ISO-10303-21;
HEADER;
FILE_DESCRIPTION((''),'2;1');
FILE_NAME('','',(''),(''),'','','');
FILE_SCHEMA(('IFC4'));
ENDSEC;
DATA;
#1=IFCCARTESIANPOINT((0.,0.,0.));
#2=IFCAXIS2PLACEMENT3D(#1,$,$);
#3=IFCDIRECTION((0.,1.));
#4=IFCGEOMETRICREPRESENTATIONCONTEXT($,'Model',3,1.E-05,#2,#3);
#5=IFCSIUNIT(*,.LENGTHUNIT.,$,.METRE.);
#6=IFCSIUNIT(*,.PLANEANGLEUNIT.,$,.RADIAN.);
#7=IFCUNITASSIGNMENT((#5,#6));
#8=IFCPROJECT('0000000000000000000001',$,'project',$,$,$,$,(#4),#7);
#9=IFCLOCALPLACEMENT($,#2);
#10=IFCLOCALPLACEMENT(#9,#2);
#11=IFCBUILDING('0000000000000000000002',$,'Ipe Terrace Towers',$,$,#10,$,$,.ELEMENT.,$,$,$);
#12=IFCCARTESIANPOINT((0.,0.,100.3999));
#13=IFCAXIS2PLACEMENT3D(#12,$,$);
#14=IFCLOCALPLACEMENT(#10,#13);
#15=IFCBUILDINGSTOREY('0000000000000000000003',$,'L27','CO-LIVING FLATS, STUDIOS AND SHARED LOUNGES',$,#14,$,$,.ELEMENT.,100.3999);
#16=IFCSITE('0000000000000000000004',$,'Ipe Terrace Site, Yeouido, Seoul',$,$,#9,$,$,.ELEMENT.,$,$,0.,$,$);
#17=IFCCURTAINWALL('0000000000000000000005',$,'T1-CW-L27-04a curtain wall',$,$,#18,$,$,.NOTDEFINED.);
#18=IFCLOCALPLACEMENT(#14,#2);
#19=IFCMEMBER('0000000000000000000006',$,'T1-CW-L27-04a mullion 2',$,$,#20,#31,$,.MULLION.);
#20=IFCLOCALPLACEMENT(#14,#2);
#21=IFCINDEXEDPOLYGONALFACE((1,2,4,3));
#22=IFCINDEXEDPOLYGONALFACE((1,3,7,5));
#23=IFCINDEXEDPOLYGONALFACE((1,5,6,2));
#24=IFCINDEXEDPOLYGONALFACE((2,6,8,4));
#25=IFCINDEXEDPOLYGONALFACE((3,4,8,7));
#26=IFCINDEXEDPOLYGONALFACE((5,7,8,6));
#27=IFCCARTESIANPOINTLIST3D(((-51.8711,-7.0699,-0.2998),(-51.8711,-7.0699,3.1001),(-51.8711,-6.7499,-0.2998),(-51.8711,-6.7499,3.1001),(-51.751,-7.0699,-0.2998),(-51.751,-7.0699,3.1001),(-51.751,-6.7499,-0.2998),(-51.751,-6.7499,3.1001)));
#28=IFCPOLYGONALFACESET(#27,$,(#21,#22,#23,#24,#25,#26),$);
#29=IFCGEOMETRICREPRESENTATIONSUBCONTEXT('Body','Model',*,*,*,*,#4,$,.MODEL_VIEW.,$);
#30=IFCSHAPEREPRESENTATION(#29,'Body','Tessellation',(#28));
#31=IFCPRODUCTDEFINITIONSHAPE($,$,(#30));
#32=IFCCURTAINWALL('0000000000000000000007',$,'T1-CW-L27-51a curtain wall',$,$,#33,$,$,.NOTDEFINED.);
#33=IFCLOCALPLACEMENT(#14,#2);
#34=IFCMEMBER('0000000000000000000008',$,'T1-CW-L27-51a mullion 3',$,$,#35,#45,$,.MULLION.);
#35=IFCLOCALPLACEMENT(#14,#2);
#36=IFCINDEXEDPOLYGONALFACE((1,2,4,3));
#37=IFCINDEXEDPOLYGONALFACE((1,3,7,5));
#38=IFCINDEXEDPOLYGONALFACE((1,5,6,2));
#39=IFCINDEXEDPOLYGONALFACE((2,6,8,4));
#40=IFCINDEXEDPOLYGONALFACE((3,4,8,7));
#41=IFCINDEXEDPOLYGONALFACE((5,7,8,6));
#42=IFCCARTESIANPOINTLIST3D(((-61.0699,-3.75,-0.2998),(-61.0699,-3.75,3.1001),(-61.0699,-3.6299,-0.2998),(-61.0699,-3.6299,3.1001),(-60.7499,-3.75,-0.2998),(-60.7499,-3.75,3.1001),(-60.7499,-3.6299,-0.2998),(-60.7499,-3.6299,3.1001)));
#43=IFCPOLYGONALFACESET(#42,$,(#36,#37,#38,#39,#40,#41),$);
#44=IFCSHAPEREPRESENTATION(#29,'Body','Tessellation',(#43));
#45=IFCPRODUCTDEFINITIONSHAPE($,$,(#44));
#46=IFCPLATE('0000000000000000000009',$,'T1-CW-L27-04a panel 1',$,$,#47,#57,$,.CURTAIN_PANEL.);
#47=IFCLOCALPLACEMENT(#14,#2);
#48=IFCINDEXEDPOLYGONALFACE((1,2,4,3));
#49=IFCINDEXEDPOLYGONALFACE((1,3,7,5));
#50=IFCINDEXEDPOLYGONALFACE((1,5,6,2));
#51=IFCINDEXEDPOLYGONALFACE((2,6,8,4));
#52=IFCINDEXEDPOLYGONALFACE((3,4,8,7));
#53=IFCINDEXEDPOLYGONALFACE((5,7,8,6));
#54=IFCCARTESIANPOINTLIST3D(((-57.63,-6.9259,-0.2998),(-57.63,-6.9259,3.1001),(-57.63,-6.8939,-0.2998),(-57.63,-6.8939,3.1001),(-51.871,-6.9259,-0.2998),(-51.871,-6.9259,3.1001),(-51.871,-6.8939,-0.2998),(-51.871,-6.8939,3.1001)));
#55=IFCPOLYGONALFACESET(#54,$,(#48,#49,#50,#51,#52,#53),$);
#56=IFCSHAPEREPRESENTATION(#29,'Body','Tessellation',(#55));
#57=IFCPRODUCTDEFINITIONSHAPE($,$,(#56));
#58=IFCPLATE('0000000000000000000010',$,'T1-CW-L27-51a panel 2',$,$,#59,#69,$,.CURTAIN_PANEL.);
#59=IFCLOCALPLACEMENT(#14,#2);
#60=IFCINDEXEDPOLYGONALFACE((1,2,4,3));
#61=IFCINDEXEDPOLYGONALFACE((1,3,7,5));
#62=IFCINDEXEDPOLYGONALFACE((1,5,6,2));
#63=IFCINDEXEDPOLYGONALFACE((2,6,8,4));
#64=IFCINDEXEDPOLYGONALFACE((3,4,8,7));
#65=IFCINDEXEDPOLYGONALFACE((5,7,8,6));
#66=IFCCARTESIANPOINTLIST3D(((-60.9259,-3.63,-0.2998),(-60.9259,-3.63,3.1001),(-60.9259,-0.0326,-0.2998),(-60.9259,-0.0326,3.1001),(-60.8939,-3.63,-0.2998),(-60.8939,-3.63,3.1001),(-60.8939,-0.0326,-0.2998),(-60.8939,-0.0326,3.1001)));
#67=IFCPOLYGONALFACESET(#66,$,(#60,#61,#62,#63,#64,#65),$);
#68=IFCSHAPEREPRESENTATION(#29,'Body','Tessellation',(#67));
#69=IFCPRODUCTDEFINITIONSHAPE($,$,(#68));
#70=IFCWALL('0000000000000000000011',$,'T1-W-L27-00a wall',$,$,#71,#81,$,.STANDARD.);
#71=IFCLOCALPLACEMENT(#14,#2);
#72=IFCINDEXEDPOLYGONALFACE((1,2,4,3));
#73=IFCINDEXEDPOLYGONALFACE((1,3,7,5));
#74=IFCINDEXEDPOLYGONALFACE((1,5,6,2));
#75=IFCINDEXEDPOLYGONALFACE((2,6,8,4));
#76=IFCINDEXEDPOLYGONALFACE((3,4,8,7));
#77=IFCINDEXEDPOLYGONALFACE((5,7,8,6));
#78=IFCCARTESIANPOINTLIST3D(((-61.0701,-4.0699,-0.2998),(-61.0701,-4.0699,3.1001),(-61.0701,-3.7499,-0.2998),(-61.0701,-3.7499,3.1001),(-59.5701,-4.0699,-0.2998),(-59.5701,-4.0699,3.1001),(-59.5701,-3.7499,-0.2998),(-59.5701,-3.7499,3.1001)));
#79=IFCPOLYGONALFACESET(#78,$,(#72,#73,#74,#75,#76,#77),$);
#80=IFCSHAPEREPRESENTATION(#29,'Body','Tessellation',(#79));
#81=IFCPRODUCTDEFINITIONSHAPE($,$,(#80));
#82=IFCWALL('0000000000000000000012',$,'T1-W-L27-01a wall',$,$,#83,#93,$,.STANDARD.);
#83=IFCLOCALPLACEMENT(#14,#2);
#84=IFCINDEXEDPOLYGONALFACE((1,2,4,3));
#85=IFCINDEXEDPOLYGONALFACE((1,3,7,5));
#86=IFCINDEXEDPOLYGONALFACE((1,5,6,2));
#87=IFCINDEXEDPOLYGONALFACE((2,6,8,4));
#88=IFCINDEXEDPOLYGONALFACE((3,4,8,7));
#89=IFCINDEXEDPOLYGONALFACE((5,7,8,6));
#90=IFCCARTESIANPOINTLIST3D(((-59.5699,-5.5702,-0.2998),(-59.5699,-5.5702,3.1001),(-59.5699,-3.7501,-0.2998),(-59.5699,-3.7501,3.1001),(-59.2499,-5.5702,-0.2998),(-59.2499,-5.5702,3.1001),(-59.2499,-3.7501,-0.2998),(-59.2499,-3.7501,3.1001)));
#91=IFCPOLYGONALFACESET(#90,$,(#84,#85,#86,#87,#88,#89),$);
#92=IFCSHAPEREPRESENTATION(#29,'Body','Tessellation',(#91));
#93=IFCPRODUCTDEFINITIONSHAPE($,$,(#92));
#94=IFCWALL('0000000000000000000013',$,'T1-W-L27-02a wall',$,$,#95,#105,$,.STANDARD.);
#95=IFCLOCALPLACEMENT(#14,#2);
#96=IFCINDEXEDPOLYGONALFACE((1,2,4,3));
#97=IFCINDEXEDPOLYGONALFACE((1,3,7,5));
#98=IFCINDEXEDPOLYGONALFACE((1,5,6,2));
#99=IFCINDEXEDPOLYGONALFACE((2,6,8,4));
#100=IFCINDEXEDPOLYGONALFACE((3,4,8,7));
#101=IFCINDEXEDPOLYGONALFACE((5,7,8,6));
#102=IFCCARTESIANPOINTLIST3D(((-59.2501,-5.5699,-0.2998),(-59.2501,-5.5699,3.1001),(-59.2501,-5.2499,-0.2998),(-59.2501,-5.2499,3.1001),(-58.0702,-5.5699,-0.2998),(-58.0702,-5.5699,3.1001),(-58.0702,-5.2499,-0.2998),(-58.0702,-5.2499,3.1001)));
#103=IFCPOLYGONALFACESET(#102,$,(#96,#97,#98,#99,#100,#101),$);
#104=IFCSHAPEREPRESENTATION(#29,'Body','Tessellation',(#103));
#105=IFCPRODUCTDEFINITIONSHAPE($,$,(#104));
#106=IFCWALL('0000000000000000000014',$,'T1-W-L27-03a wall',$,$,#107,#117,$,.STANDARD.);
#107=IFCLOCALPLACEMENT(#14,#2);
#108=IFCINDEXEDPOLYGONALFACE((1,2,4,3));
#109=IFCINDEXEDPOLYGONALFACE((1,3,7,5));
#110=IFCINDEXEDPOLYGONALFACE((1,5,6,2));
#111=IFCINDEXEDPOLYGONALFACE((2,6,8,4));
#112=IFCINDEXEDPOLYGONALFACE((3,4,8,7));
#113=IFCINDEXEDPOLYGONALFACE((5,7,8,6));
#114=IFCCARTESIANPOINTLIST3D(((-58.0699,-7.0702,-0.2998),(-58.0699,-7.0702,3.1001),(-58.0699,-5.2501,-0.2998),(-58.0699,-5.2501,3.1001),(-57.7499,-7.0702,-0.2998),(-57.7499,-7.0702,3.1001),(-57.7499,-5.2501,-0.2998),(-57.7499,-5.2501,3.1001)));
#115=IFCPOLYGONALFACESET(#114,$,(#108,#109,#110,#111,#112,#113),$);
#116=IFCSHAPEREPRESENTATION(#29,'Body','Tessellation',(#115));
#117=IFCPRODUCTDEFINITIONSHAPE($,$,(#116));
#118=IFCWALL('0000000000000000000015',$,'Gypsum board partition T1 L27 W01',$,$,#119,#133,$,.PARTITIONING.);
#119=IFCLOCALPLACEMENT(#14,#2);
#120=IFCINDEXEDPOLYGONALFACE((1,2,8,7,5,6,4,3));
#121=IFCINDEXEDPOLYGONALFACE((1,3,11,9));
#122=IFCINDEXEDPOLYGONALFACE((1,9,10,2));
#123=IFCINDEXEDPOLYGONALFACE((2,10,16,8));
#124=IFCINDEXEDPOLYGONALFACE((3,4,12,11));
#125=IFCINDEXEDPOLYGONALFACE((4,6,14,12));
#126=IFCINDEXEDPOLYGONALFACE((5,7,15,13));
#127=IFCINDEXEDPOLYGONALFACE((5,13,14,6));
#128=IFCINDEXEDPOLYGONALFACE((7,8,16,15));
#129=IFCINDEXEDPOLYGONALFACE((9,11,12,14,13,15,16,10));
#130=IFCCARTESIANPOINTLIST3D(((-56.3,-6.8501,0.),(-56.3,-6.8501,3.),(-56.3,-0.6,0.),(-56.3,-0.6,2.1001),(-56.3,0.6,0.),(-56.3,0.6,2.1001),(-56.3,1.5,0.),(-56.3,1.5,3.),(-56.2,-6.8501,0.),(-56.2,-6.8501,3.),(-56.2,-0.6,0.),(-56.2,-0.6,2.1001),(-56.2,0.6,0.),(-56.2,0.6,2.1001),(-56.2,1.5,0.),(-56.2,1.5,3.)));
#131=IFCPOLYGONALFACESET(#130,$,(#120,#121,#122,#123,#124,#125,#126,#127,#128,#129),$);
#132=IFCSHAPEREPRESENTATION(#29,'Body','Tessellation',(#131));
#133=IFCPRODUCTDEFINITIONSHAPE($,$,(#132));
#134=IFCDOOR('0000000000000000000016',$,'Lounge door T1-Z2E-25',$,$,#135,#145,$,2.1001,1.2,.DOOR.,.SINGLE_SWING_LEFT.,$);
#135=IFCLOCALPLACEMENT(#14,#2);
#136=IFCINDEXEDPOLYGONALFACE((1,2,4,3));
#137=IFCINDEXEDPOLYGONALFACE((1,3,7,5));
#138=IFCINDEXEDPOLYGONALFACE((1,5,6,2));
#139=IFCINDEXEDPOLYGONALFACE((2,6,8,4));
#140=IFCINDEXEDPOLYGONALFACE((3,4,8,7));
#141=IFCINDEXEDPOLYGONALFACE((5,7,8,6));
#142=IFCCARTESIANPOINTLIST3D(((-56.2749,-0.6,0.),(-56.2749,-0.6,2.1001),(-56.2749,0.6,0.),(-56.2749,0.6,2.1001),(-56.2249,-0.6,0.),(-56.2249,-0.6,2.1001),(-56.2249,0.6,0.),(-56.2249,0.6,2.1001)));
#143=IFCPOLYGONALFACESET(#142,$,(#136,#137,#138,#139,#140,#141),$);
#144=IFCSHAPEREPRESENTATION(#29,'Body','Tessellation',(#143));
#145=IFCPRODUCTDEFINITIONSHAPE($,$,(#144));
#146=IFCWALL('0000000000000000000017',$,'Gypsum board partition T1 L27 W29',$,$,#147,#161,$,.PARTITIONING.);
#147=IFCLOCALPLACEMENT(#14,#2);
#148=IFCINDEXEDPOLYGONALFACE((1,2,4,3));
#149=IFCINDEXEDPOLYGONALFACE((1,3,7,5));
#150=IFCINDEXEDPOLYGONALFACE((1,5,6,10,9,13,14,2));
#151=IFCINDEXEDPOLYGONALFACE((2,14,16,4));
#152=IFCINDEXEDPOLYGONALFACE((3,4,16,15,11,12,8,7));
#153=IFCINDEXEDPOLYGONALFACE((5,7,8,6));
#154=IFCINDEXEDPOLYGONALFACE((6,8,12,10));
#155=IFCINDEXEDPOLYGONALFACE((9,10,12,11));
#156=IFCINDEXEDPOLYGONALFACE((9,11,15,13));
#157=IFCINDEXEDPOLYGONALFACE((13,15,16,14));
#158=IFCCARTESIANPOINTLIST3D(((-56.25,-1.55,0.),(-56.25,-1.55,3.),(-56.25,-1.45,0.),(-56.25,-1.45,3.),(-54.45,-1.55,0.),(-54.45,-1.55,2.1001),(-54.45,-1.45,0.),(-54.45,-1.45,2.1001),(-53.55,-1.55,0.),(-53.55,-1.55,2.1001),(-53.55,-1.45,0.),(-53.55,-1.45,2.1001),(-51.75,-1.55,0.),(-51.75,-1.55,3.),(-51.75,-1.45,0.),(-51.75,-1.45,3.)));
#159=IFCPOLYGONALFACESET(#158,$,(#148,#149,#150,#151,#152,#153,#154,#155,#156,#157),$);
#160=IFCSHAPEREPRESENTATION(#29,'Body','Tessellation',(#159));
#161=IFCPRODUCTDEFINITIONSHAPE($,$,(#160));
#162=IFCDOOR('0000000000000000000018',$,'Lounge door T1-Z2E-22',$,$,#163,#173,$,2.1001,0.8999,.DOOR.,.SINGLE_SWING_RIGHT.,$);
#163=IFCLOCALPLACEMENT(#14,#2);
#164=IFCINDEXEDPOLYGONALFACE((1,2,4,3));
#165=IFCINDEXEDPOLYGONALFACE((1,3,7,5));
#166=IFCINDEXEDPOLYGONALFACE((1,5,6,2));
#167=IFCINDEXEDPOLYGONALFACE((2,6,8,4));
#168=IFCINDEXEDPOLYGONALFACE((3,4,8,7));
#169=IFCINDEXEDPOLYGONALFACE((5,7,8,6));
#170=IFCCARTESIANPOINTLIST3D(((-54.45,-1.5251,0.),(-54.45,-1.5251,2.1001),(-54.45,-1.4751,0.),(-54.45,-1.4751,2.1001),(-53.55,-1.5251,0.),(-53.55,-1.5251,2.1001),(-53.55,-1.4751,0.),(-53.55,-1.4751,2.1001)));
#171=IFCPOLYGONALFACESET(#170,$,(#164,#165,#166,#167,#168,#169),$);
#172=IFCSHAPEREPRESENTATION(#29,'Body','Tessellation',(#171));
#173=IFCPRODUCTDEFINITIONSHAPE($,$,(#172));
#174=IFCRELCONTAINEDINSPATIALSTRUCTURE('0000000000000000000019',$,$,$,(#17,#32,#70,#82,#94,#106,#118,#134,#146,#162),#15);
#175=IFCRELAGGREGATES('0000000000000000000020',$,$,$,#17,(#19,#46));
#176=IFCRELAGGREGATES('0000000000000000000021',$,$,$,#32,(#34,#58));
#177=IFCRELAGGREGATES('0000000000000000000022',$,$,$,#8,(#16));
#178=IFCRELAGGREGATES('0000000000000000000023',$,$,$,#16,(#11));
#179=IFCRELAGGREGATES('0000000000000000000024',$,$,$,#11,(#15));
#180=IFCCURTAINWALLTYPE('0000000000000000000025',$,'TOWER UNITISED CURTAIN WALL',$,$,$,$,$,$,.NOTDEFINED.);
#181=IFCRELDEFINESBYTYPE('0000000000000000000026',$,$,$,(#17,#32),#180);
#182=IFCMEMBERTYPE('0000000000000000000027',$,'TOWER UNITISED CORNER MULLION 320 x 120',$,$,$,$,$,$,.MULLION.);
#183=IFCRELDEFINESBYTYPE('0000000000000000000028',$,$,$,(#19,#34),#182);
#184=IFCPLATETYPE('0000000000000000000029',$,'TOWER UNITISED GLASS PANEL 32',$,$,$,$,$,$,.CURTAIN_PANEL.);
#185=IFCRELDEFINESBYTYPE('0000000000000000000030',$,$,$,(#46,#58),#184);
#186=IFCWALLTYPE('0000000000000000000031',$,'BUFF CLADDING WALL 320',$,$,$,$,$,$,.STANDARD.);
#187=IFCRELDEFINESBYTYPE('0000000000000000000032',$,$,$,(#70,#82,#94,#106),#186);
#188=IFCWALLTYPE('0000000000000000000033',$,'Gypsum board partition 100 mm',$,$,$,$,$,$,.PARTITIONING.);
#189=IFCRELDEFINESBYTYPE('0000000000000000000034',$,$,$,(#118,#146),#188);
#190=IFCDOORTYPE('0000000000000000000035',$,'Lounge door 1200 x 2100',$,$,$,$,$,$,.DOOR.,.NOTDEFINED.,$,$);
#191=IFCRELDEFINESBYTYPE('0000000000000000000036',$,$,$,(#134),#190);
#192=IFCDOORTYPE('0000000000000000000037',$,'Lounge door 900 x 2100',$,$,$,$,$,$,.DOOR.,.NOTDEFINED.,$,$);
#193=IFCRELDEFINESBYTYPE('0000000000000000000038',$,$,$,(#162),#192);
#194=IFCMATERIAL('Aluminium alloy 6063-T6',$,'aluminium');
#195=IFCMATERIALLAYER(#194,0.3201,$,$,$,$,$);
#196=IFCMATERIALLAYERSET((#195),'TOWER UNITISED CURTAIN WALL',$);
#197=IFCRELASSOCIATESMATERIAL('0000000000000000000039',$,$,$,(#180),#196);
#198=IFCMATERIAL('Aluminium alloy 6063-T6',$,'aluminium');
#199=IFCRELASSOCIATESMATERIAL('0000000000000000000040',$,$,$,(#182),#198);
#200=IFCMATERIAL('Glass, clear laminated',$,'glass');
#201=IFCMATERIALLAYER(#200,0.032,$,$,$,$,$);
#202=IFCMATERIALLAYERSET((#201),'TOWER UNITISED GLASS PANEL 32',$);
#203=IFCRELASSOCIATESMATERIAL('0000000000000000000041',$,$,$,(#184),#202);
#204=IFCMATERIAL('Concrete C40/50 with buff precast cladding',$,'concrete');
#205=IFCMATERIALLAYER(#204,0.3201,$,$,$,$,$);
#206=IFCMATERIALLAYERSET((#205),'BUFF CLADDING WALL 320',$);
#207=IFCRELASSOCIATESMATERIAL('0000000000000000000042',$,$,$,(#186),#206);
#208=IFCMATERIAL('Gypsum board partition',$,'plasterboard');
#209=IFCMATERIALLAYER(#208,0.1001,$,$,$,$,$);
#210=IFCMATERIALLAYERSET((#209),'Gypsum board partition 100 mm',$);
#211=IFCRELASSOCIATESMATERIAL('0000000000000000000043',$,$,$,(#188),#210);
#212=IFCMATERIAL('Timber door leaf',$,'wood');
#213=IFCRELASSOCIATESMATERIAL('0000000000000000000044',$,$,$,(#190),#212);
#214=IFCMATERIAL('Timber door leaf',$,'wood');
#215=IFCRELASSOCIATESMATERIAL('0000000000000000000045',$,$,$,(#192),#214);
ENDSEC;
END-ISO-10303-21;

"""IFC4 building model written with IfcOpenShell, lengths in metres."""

from ifc_helpers import new_model, si_unit, direction, frame, frame_2d, origin, origin_2d, place, context, subcontext, project, spatial, rectangle, extrude, material, layer, layer_set, material_profile, profile_set, type_object, element, fill, aggregate, save


model = new_model("IFC4")

# Units and contexts
model_context = context("Model", 3, precision=1e-05, world=origin(), true_north=direction((0.0, 1.0)))
body_context = subcontext(model_context, "Body", "Model", "MODEL_VIEW")
ifc_project = project(units=[si_unit("LENGTHUNIT", "METRE"), si_unit("PLANEANGLEUNIT", "RADIAN")], contexts=[model_context])

# Site, building, storey
site_placement = place(None, origin())
site = spatial("IfcSite", under=ifc_project, at=site_placement, Name="Ipe Terrace Site, Yeouido, Seoul", CompositionType="ELEMENT", RefElevation=0.0)
building_placement = place(site_placement, origin())
building = spatial("IfcBuilding", under=site, at=building_placement, Name="Ipe Terrace Towers", CompositionType="ELEMENT")
storey_placement = place(building_placement, frame((0.0, 0.0, 100.3999)))
storey = spatial("IfcBuildingStorey", under=building, at=storey_placement, Name="L27", Description="CO-LIVING FLATS, STUDIOS AND SHARED LOUNGES", CompositionType="ELEMENT", Elevation=100.3999)

# Curtain wall, member
ifc_material_1 = material(Name="Aluminium alloy 6063-T6", Category="aluminium")
ifc_layer_1 = layer(ifc_material_1, 0.3201)
ifc_layer_set_1 = layer_set([ifc_layer_1], Name="TOWER UNITISED CURTAIN WALL")
curtain_wall_type = type_object("IfcCurtainWallType", Name="TOWER UNITISED CURTAIN WALL", PredefinedType="NOTDEFINED", material=ifc_layer_set_1)
curtain_wall_1_placement = place(storey_placement, origin())
curtain_wall_1 = element("IfcCurtainWall", 1, at=curtain_wall_1_placement, inside=storey, type_object=curtain_wall_type, Name="T1-CW-L27-04a curtain wall", PredefinedType="NOTDEFINED")
ifc_material_2 = material(Name="Aluminium alloy 6063-T6", Category="aluminium")
ifc_material_profile_1 = material_profile(ifc_material_2, rectangle(XDim=0.3201, YDim=0.1201, at=origin_2d()), Name="TOWER UNITISED CORNER MULLION 320 x 120")
ifc_profile_set_1 = profile_set([ifc_material_profile_1], Name="Aluminium alloy 6063-T6")
member_type = type_object("IfcMemberType", Name="TOWER UNITISED CORNER MULLION 320 x 120", PredefinedType="MULLION", material=ifc_profile_set_1)
member_1_placement = place(storey_placement, frame((-51.811, -6.9099, -0.2998), z_axis=(0.0, 0.0, 1.0), x_axis=(0.0, -1.0, 0.0)))
member_1 = element("IfcMember", 2, at=member_1_placement, type_object=member_type, Name="T1-CW-L27-04a mullion 2", PredefinedType="MULLION", context=body_context, shape_type="SweptSolid", body=[
    extrude(rectangle(XDim=0.3201, YDim=0.1201, at=origin_2d()), origin(), (0.0, 0.0, 1.0), 3.3999),
])

# Curtain wall, member
curtain_wall_2_placement = place(storey_placement, origin())
curtain_wall_2 = element("IfcCurtainWall", 3, at=curtain_wall_2_placement, inside=storey, type_object=curtain_wall_type, Name="T1-CW-L27-51a curtain wall", PredefinedType="NOTDEFINED")
member_2_placement = place(storey_placement, frame((-60.9099, -3.6899, -0.2998), z_axis=(0.0, 0.0, 1.0), x_axis=(-1.0, 0.0, 0.0)))
member_2 = element("IfcMember", 4, at=member_2_placement, type_object=member_type, Name="T1-CW-L27-51a mullion 3", PredefinedType="MULLION", context=body_context, shape_type="SweptSolid", body=[
    extrude(rectangle(XDim=0.3201, YDim=0.1201, at=origin_2d()), origin(), (0.0, 0.0, 1.0), 3.3999),
])

# Plates
ifc_material_3 = material(Name="Glass, clear laminated", Category="glass")
ifc_layer_2 = layer(ifc_material_3, 0.032)
ifc_layer_set_2 = layer_set([ifc_layer_2], Name="TOWER UNITISED GLASS PANEL 32")
plate_type = type_object("IfcPlateType", Name="TOWER UNITISED GLASS PANEL 32", PredefinedType="CURTAIN_PANEL", material=ifc_layer_set_2)
plate_1_placement = place(storey_placement, frame((-54.7505, -6.9099, -0.2998), z_axis=(0.0, 0.0, 1.0), x_axis=(1.0, 0.0, 0.0)))
plate_1 = element("IfcPlate", 5, at=plate_1_placement, type_object=plate_type, Name="T1-CW-L27-04a panel 1", PredefinedType="CURTAIN_PANEL", context=body_context, shape_type="SweptSolid", body=[
    extrude(rectangle(XDim=5.759, YDim=0.032, at=origin_2d()), origin(), (0.0, 0.0, 1.0), 3.3999),
])
aggregate(curtain_wall_1, [member_1, plate_1])
plate_2_placement = place(storey_placement, frame((-60.9099, -1.8313, -0.2998), z_axis=(0.0, 0.0, 1.0), x_axis=(0.0, -1.0, 0.0)))
plate_2 = element("IfcPlate", 6, at=plate_2_placement, type_object=plate_type, Name="T1-CW-L27-51a panel 2", PredefinedType="CURTAIN_PANEL", context=body_context, shape_type="SweptSolid", body=[
    extrude(rectangle(XDim=3.5974, YDim=0.032, at=origin_2d()), origin(), (0.0, 0.0, 1.0), 3.3999),
])
aggregate(curtain_wall_2, [member_2, plate_2])

# Walls
ifc_material_4 = material(Name="Concrete C40/50 with buff precast cladding", Category="concrete")
ifc_layer_3 = layer(ifc_material_4, 0.3201)
ifc_layer_set_3 = layer_set([ifc_layer_3], Name="BUFF CLADDING WALL 320")
wall_type_1 = type_object("IfcWallType", Name="BUFF CLADDING WALL 320", PredefinedType="STANDARD", material=ifc_layer_set_3)
wall_1_placement = place(storey_placement, frame((-61.0701, -3.9099, -0.2998), z_axis=(0.0, 0.0, 1.0), x_axis=(1.0, 0.0, 0.0)))
element("IfcWall", 7, at=wall_1_placement, inside=storey, type_object=wall_type_1, Name="T1-W-L27-00a wall", PredefinedType="STANDARD", context=body_context, shape_type="SweptSolid", body=[
    extrude(rectangle(XDim=1.5, YDim=0.3201, at=frame_2d((0.75, 0.0))), origin(), (0.0, 0.0, 1.0), 3.3999),
])
wall_2_placement = place(storey_placement, frame((-59.4099, -3.75, -0.2998), z_axis=(0.0, 0.0, 1.0), x_axis=(0.0, -1.0, 0.0)))
element("IfcWall", 8, at=wall_2_placement, inside=storey, type_object=wall_type_1, Name="T1-W-L27-01a wall", PredefinedType="STANDARD", context=body_context, shape_type="SweptSolid", body=[
    extrude(rectangle(XDim=1.8201, YDim=0.3201, at=frame_2d((0.9102, 0.0))), origin(), (0.0, 0.0, 1.0), 3.3999),
])
wall_3_placement = place(storey_placement, frame((-59.25, -5.4099, -0.2998), z_axis=(0.0, 0.0, 1.0), x_axis=(1.0, 0.0, 0.0)))
element("IfcWall", 9, at=wall_3_placement, inside=storey, type_object=wall_type_1, Name="T1-W-L27-02a wall", PredefinedType="STANDARD", context=body_context, shape_type="SweptSolid", body=[
    extrude(rectangle(XDim=1.1799, YDim=0.3201, at=frame_2d((0.5898, 0.0))), origin(), (0.0, 0.0, 1.0), 3.3999),
])
wall_4_placement = place(storey_placement, frame((-57.9099, -5.25, -0.2998), z_axis=(0.0, 0.0, 1.0), x_axis=(0.0, -1.0, 0.0)))
element("IfcWall", 10, at=wall_4_placement, inside=storey, type_object=wall_type_1, Name="T1-W-L27-03a wall", PredefinedType="STANDARD", context=body_context, shape_type="SweptSolid", body=[
    extrude(rectangle(XDim=1.8201, YDim=0.3201, at=frame_2d((0.9102, 0.0))), origin(), (0.0, 0.0, 1.0), 3.3999),
])

# Walls, openings, doors
ifc_material_5 = material(Name="Gypsum board partition", Category="plasterboard")
ifc_layer_4 = layer(ifc_material_5, 0.1001)
ifc_layer_set_4 = layer_set([ifc_layer_4], Name="Gypsum board partition 100 mm")
wall_type_2 = type_object("IfcWallType", Name="Gypsum board partition 100 mm", PredefinedType="PARTITIONING", material=ifc_layer_set_4)
wall_5_placement = place(storey_placement, frame((-56.25, -6.8501, 0.0), z_axis=(0.0, 0.0, 1.0), x_axis=(0.0, 1.0, 0.0)))
wall_5 = element("IfcWall", 11, at=wall_5_placement, inside=storey, type_object=wall_type_2, Name="Gypsum board partition T1 L27 W01", PredefinedType="PARTITIONING", context=body_context, shape_type="SweptSolid", body=[
    extrude(rectangle(XDim=8.3501, YDim=0.1001, at=frame_2d((4.175, 0.0))), origin(), (0.0, 0.0, 1.0), 3.0),
])
opening_1_placement = place(wall_5_placement, frame((6.25, 0.0, 0.0)))
opening_1 = element("IfcOpeningElement", 12, at=opening_1_placement, cuts=wall_5, PredefinedType="OPENING", context=body_context, shape_type="SweptSolid", body=[
    extrude(rectangle(XDim=1.2, YDim=2.1001, at=frame_2d((0.6001, 1.05))), frame((0.0, 0.0601, 0.0), z_axis=(0.0, -1.0, 0.0), x_axis=(1.0, 0.0, 0.0)), (0.0, 0.0, 1.0), 0.1201),
])
ifc_material_6 = material(Name="Timber door leaf", Category="wood")
door_type_1 = type_object("IfcDoorType", Name="Lounge door 1200 x 2100", OperationType="NOTDEFINED", PredefinedType="DOOR", material=ifc_material_6)
door_1_placement = place(opening_1_placement, origin())
door_1 = element("IfcDoor", 13, at=door_1_placement, inside=storey, type_object=door_type_1, Name="Lounge door T1-Z2E-25", OperationType="SINGLE_SWING_LEFT", OverallHeight=2.1001, OverallWidth=1.2, PredefinedType="DOOR", context=body_context, shape_type="SweptSolid", body=[
    extrude(rectangle(XDim=1.2, YDim=2.1001, at=frame_2d((0.6001, 1.05))), frame((0.0, 0.0249, 0.0), z_axis=(0.0, -1.0, 0.0), x_axis=(1.0, 0.0, 0.0)), (0.0, 0.0, 1.0), 0.05),
])
fill(opening_1, door_1)
wall_6_placement = place(storey_placement, frame((-56.25, -1.5, 0.0), z_axis=(0.0, 0.0, 1.0), x_axis=(1.0, 0.0, 0.0)))
wall_6 = element("IfcWall", 14, at=wall_6_placement, inside=storey, type_object=wall_type_2, Name="Gypsum board partition T1 L27 W29", PredefinedType="PARTITIONING", context=body_context, shape_type="SweptSolid", body=[
    extrude(rectangle(XDim=4.5, YDim=0.1001, at=frame_2d((2.25, 0.0))), origin(), (0.0, 0.0, 1.0), 3.0),
])
opening_2_placement = place(wall_6_placement, frame((1.8, 0.0, 0.0)))
opening_2 = element("IfcOpeningElement", 15, at=opening_2_placement, cuts=wall_6, PredefinedType="OPENING", context=body_context, shape_type="SweptSolid", body=[
    extrude(rectangle(XDim=0.8999, YDim=2.1001, at=frame_2d((0.45, 1.05))), frame((0.0, 0.0601, 0.0), z_axis=(0.0, -1.0, 0.0), x_axis=(1.0, 0.0, 0.0)), (0.0, 0.0, 1.0), 0.1201),
])
ifc_material_7 = material(Name="Timber door leaf", Category="wood")
door_type_2 = type_object("IfcDoorType", Name="Lounge door 900 x 2100", OperationType="NOTDEFINED", PredefinedType="DOOR", material=ifc_material_7)
door_2_placement = place(opening_2_placement, origin())
door_2 = element("IfcDoor", 16, at=door_2_placement, inside=storey, type_object=door_type_2, Name="Lounge door T1-Z2E-22", OperationType="SINGLE_SWING_RIGHT", OverallHeight=2.1001, OverallWidth=0.8999, PredefinedType="DOOR", context=body_context, shape_type="SweptSolid", body=[
    extrude(rectangle(XDim=0.8999, YDim=2.1001, at=frame_2d((0.45, 1.05))), frame((0.0, 0.0249, 0.0), z_axis=(0.0, -1.0, 0.0), x_axis=(1.0, 0.0, 0.0)), (0.0, 0.0, 1.0), 0.05),
])
fill(opening_2, door_2)

save(model, "model.ifc")
